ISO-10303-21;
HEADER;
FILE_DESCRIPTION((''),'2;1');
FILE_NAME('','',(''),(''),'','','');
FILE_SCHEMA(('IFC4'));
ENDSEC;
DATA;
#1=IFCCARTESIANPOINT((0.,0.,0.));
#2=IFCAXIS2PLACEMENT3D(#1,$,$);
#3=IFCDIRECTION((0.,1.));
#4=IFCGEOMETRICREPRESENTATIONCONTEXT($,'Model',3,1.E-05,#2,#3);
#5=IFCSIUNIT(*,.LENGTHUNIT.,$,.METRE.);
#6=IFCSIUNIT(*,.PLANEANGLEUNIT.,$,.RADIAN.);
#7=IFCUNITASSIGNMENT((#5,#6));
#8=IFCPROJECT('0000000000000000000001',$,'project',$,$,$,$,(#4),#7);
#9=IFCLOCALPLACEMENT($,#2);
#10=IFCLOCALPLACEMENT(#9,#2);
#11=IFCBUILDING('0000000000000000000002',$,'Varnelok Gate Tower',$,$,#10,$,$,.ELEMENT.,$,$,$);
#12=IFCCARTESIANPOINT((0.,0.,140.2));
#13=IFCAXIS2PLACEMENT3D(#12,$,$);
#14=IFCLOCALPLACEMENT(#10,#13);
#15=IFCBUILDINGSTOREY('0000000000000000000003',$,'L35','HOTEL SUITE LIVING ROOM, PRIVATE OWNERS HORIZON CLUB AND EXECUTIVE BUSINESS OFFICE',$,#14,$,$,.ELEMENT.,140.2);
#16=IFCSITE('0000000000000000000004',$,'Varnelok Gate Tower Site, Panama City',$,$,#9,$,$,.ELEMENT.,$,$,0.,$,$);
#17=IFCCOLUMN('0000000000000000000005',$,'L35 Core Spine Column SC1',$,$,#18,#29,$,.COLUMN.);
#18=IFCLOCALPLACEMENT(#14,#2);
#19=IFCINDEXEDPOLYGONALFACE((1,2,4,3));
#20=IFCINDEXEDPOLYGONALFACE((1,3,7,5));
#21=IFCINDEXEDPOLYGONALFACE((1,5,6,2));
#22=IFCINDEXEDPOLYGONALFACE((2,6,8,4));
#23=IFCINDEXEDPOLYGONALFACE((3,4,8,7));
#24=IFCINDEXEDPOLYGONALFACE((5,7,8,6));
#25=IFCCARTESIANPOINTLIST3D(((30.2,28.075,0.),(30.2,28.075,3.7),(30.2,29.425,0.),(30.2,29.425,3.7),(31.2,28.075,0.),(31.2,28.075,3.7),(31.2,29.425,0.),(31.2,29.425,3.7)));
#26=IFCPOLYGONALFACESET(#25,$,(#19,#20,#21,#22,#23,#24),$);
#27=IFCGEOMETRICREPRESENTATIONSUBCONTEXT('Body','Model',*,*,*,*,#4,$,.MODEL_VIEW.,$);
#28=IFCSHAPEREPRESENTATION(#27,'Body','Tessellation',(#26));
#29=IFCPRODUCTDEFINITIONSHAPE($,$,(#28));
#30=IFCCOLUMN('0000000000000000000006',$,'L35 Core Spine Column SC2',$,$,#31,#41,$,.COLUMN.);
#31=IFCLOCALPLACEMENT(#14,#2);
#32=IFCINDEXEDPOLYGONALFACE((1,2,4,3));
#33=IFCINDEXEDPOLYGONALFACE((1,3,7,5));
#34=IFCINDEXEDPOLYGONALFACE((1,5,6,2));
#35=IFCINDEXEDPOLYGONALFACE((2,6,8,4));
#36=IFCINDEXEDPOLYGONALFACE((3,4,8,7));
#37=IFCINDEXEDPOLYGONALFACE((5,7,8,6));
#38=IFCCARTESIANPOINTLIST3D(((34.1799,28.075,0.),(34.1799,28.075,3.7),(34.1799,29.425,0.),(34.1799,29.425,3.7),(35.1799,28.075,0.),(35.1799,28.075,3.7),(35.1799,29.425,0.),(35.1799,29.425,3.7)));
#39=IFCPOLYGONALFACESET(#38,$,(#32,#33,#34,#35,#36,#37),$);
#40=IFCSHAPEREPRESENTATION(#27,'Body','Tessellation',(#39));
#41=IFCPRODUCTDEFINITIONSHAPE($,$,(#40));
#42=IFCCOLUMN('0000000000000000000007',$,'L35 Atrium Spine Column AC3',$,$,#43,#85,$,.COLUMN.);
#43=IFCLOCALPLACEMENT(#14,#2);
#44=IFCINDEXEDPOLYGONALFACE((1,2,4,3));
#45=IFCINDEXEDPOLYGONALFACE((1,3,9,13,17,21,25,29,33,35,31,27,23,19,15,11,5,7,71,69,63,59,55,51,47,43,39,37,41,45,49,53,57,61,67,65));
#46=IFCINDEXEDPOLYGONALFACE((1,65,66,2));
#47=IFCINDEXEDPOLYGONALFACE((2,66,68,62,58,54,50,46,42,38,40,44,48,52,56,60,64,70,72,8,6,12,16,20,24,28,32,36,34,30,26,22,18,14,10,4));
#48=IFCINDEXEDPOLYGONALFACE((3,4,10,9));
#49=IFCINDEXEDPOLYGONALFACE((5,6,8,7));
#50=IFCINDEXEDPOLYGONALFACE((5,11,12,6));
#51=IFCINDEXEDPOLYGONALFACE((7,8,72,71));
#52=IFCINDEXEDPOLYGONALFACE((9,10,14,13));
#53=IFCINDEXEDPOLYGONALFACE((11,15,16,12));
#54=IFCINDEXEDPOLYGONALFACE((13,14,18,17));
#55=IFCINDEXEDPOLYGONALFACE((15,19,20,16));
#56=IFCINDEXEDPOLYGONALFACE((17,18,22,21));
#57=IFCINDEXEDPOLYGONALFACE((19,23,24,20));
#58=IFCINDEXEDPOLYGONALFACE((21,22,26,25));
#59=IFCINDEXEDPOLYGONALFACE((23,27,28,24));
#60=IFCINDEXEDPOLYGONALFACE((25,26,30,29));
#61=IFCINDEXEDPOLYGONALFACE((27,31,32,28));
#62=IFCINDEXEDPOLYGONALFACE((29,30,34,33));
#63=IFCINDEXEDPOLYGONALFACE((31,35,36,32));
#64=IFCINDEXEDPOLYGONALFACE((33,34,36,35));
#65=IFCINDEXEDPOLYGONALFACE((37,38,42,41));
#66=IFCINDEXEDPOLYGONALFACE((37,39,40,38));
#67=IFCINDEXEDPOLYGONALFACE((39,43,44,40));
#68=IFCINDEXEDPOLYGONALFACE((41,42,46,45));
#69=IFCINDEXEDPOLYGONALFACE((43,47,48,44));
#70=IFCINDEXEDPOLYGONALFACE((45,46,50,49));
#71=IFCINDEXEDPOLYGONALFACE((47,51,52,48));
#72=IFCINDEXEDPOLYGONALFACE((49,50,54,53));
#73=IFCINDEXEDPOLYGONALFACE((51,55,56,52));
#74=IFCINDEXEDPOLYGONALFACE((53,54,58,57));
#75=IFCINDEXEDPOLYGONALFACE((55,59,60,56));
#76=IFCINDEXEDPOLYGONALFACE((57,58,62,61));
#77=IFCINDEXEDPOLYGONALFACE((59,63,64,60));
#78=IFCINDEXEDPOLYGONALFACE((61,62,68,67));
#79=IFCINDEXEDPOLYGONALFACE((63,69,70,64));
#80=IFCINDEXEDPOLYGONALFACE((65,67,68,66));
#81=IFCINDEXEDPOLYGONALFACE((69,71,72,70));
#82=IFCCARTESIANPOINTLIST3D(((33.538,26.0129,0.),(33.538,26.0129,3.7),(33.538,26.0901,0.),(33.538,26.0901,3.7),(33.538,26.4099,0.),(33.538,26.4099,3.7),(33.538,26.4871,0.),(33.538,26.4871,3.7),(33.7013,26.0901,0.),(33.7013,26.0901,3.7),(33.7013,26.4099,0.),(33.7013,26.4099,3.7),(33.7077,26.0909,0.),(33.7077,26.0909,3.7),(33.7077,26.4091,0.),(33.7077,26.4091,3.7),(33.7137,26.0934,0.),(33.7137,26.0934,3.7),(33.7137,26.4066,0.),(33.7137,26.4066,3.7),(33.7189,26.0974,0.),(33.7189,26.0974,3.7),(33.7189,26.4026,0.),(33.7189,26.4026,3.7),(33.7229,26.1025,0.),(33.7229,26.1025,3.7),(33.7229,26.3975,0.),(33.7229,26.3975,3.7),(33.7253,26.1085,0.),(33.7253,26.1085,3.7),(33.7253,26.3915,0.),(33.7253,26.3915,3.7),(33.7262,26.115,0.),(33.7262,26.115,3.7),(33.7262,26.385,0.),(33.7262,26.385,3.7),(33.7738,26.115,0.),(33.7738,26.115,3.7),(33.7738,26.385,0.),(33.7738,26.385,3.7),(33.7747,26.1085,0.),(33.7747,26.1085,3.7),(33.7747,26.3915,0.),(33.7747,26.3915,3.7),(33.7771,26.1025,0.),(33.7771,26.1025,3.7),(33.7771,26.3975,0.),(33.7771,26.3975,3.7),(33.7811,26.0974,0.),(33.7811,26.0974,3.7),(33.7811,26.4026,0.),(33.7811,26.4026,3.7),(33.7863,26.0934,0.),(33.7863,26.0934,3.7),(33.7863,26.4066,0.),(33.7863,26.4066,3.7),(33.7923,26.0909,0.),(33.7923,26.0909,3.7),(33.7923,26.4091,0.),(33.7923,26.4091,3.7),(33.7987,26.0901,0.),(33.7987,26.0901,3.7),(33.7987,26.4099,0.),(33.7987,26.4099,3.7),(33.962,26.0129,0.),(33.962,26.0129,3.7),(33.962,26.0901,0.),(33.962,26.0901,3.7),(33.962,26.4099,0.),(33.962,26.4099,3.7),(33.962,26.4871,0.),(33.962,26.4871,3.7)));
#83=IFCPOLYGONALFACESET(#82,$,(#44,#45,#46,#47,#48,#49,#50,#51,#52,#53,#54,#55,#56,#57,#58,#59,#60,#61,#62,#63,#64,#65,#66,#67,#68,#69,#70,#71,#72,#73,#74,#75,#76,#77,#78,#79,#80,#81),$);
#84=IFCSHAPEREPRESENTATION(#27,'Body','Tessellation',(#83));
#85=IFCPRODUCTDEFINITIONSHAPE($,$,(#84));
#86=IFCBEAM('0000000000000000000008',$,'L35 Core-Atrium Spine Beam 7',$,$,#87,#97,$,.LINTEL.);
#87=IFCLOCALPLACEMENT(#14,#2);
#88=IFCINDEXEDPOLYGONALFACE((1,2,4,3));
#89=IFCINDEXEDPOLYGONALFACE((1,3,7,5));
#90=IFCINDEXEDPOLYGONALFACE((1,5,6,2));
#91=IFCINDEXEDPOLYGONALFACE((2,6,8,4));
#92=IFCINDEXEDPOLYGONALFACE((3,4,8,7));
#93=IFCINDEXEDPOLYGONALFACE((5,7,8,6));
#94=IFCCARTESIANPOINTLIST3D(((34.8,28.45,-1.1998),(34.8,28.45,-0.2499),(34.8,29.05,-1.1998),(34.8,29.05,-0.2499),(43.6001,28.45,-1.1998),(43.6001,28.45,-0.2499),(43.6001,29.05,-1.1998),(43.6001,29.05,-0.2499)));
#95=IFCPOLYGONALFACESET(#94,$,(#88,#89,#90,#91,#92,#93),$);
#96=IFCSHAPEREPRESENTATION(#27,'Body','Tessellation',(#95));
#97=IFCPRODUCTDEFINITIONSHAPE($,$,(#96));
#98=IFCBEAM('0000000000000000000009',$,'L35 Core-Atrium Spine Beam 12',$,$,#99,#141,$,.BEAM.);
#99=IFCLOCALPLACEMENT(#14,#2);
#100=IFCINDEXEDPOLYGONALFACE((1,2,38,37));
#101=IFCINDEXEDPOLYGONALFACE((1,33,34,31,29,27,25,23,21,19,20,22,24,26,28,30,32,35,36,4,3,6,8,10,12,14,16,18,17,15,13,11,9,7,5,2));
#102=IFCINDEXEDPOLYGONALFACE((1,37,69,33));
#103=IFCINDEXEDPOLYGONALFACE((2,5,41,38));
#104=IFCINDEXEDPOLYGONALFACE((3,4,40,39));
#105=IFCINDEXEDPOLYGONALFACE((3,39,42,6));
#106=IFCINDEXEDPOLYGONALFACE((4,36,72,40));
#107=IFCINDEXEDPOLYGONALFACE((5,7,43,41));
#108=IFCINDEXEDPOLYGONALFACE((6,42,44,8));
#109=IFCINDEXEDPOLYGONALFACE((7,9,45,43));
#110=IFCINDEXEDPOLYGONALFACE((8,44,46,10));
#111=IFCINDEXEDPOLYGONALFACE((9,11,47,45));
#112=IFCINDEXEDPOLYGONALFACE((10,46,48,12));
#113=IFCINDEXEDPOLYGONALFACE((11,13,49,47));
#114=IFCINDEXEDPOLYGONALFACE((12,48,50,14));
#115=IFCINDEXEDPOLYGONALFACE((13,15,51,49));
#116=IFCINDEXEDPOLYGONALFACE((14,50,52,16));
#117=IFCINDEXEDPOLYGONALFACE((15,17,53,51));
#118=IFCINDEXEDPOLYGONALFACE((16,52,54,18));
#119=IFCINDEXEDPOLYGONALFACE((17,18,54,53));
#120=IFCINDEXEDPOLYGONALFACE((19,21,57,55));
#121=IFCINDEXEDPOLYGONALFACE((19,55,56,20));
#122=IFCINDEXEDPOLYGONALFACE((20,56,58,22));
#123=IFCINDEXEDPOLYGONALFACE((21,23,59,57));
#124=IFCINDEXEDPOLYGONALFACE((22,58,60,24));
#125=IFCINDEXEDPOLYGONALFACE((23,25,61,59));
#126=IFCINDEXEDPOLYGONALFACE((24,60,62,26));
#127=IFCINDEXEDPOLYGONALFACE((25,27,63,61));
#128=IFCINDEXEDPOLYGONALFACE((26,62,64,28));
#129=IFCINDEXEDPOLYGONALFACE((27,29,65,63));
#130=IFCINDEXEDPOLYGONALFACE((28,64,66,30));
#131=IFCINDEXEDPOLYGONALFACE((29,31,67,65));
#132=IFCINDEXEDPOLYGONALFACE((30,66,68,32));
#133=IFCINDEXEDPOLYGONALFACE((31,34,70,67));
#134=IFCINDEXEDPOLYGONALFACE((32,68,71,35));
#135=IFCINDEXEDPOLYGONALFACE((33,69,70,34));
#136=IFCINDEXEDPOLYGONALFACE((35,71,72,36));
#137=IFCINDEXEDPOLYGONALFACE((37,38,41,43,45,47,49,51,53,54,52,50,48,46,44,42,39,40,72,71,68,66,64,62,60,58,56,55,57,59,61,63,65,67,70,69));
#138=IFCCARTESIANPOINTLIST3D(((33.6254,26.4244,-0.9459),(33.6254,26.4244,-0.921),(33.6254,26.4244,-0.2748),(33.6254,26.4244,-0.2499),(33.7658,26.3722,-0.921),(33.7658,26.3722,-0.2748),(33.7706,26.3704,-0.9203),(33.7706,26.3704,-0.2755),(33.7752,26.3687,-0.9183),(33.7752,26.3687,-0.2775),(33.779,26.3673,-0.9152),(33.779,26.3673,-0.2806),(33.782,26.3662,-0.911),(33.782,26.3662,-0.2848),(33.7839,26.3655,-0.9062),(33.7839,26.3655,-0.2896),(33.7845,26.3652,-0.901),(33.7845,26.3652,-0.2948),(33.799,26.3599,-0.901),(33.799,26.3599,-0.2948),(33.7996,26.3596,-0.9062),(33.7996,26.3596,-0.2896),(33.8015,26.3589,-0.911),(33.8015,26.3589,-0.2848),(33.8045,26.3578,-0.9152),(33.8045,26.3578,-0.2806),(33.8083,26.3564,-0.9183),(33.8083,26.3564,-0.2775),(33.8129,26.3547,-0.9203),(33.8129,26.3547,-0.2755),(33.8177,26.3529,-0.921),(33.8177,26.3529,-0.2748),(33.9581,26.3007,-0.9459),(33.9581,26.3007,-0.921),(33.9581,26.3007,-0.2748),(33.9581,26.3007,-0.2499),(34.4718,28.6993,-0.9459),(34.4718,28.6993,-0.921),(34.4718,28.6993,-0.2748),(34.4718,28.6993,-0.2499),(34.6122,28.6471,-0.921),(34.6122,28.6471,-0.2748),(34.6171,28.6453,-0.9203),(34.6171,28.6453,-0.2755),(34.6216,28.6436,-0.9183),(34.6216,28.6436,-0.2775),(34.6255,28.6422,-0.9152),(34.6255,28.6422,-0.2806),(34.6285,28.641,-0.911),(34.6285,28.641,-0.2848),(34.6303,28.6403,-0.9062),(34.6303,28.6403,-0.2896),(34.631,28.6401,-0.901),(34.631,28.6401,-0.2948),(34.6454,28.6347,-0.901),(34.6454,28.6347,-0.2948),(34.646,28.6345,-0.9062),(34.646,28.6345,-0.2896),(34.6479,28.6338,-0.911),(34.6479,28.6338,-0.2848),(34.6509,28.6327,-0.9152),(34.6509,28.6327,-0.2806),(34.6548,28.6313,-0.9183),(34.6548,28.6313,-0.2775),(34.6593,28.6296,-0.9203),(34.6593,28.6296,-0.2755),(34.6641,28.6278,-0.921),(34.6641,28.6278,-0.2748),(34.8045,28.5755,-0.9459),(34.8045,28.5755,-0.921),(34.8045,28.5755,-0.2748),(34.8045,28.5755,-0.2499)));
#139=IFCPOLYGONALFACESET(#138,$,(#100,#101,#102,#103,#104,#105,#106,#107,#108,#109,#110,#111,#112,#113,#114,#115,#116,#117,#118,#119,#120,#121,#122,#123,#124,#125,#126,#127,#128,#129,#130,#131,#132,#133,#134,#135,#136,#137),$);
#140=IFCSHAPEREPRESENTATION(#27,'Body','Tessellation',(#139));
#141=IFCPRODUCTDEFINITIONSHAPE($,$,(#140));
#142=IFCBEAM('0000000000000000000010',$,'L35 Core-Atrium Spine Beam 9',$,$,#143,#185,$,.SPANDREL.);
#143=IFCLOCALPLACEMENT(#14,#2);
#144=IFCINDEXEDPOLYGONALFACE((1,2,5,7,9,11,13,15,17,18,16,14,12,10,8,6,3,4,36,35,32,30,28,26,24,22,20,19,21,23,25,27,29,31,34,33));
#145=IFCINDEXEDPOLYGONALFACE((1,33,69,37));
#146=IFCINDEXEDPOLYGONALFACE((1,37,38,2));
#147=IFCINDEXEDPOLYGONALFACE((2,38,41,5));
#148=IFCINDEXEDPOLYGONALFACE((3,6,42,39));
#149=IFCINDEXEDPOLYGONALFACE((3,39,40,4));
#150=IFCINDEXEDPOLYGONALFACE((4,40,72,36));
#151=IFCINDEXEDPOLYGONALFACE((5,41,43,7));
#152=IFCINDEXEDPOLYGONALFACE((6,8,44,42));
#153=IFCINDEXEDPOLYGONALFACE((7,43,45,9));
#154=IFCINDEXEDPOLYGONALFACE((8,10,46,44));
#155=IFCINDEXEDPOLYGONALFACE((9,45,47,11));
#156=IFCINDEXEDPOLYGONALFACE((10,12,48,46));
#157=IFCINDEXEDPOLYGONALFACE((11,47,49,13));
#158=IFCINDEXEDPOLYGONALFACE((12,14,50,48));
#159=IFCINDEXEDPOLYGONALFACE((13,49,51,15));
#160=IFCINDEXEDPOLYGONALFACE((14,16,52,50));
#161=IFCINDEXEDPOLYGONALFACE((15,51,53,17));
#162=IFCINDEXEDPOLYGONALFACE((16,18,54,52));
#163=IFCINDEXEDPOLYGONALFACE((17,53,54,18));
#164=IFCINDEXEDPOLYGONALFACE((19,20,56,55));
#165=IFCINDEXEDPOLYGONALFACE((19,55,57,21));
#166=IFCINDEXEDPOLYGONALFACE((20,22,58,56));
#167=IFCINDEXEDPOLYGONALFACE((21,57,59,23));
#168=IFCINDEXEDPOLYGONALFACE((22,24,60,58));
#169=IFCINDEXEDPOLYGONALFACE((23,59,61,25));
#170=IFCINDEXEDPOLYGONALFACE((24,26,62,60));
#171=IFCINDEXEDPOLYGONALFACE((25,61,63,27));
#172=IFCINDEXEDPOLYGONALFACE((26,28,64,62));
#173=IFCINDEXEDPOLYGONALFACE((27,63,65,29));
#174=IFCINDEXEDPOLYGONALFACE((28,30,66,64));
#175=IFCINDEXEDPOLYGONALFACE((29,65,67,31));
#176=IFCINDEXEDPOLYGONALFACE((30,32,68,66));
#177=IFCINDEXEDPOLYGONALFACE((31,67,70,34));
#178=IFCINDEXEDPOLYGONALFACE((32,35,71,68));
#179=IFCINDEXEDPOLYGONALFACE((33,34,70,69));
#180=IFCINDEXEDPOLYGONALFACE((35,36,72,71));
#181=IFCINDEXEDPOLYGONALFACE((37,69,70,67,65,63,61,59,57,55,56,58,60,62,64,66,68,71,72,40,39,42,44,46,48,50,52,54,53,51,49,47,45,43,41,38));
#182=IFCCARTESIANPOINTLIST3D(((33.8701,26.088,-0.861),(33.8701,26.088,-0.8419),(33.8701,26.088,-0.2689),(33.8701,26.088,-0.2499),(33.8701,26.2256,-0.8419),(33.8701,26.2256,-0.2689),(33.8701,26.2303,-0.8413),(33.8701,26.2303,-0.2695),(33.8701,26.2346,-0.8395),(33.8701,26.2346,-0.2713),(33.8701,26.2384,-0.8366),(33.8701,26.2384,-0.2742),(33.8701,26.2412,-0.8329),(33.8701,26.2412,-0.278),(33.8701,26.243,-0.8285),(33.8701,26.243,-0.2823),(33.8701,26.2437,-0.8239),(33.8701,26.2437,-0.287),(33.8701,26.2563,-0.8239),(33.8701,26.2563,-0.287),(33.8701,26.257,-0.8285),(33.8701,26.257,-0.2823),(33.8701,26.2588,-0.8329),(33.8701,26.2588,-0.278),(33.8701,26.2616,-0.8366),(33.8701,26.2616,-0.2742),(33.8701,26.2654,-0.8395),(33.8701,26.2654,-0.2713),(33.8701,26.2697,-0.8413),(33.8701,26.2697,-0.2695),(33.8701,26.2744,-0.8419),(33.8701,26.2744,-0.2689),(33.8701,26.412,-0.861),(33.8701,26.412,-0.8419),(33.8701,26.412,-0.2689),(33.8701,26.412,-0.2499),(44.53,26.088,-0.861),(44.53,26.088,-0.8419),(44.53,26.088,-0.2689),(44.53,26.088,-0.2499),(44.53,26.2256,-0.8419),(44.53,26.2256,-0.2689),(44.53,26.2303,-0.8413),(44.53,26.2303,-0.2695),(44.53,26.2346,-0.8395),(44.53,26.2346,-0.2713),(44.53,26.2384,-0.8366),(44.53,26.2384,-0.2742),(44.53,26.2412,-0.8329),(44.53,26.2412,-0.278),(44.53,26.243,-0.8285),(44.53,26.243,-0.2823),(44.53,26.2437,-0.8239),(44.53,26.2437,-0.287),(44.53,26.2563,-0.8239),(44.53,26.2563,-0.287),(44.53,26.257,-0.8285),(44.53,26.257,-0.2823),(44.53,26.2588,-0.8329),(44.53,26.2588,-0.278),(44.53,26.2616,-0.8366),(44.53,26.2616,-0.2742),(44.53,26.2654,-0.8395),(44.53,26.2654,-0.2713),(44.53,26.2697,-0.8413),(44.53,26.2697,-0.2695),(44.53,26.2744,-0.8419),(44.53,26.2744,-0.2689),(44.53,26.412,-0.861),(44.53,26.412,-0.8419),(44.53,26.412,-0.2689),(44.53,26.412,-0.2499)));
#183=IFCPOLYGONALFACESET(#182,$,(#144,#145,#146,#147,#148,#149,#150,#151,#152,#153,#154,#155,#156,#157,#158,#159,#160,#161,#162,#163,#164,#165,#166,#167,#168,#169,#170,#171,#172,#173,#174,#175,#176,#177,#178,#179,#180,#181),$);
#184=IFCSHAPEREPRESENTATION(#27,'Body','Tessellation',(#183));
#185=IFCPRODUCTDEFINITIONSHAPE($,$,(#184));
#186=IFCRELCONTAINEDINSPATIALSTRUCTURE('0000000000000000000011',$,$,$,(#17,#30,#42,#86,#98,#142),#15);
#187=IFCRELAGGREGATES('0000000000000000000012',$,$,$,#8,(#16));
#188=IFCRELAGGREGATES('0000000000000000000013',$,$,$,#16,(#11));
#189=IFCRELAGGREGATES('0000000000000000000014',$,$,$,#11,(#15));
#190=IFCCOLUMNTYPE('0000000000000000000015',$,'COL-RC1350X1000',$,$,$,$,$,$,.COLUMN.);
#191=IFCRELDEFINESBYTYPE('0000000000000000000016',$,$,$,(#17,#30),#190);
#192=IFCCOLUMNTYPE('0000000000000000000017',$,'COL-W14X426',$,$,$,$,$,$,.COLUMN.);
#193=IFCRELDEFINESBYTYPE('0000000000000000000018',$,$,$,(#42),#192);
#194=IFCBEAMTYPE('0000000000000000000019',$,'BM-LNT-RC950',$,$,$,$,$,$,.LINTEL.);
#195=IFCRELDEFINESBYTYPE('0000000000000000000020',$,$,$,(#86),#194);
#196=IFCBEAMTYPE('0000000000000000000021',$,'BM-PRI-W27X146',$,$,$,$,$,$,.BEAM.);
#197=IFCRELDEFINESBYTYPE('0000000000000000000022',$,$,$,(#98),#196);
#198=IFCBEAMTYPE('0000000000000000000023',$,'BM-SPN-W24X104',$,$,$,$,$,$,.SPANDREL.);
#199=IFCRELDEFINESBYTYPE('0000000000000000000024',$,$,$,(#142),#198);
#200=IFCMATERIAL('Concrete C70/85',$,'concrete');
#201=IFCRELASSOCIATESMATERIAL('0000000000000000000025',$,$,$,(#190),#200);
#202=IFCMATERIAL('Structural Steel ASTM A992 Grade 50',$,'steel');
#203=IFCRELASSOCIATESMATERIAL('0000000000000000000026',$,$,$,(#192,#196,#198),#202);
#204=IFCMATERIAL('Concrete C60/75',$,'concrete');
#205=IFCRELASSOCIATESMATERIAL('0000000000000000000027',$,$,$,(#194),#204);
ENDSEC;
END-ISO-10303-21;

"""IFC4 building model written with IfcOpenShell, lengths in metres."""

from ifc_helpers import new_model, si_unit, direction, frame, origin, origin_2d, place, context, subcontext, project, spatial, rectangle, i_section, extrude, material, material_profile, profile_set, type_object, element, save


model = new_model("IFC4")

# Units and contexts
model_context = context("Model", 3, precision=1e-05, world=origin(), true_north=direction((0.0, 1.0)))
body_context = subcontext(model_context, "Body", "Model", "MODEL_VIEW")
ifc_project = project(units=[si_unit("LENGTHUNIT", "METRE"), si_unit("PLANEANGLEUNIT", "RADIAN")], contexts=[model_context])

# Site, building, storey
site_placement = place(None, origin())
site = spatial("IfcSite", under=ifc_project, at=site_placement, Name="Varnelok Gate Tower Site, Panama City", CompositionType="ELEMENT", RefElevation=0.0)
building_placement = place(site_placement, origin())
building = spatial("IfcBuilding", under=site, at=building_placement, Name="Varnelok Gate Tower", CompositionType="ELEMENT")
storey_placement = place(building_placement, frame((0.0, 0.0, 140.2)))
storey = spatial("IfcBuildingStorey", under=building, at=storey_placement, Name="L35", Description="HOTEL SUITE LIVING ROOM, PRIVATE OWNERS HORIZON CLUB AND EXECUTIVE BUSINESS OFFICE", CompositionType="ELEMENT", Elevation=140.2)

# Columns
ifc_material_1 = material(Name="Concrete C70/85", Category="concrete")
ifc_material_profile_1 = material_profile(ifc_material_1, rectangle(XDim=1.0, YDim=1.3501, at=origin_2d()), Name="RC1350X1000")
ifc_profile_set_1 = profile_set([ifc_material_profile_1], Name="Concrete C70/85")
column_type_1 = type_object("IfcColumnType", Name="COL-RC1350X1000", PredefinedType="COLUMN", material=ifc_profile_set_1)
for number, where, z_axis, x_axis, name in (
    (1, (30.7, 28.75, 0.0), (0.0, 0.0, 1.0), (1.0, 0.0, 0.0), "L35 Core Spine Column SC1"),
    (2, (34.6799, 28.75, 0.0), (0.0, 0.0, 1.0), (1.0, 0.0, 0.0), "L35 Core Spine Column SC2"),
):
    element("IfcColumn", number, at=place(storey_placement, frame(where, z_axis=z_axis, x_axis=x_axis)), inside=storey, type_object=column_type_1, Name=name, PredefinedType="COLUMN", context=body_context, shape_type="SweptSolid", body=[
        extrude(rectangle(XDim=1.0, YDim=1.3501, at=origin_2d()), origin(), (0.0, 0.0, 1.0), 3.7),
    ])
ifc_material_2 = material(Name="Structural Steel ASTM A992 Grade 50", Category="steel")
ifc_material_profile_2 = material_profile(ifc_material_2, i_section(OverallWidth=0.4241, OverallDepth=0.4741, WebThickness=0.0476, FlangeThickness=0.0771, FilletRadius=0.0249, at=origin_2d()), Name="W14X426")
ifc_profile_set_2 = profile_set([ifc_material_profile_2], Name="Structural Steel ASTM A992 Grade 50")
column_type_2 = type_object("IfcColumnType", Name="COL-W14X426", PredefinedType="COLUMN", material=ifc_profile_set_2)
column_placement = place(storey_placement, frame((33.75, 26.25, 0.0), z_axis=(0.0, 0.0, 1.0), x_axis=(1.0, 0.0, 0.0)))
element("IfcColumn", 3, at=column_placement, inside=storey, type_object=column_type_2, Name="L35 Atrium Spine Column AC3", PredefinedType="COLUMN", context=body_context, shape_type="SweptSolid", body=[
    extrude(i_section(OverallWidth=0.4241, OverallDepth=0.4741, WebThickness=0.0476, FlangeThickness=0.0771, FilletRadius=0.0249, at=origin_2d()), origin(), (0.0, 0.0, 1.0), 3.7),
])

# Beams
ifc_material_3 = material(Name="Concrete C60/75", Category="concrete")
ifc_material_profile_3 = material_profile(ifc_material_3, rectangle(XDim=0.6001, YDim=0.95, at=origin_2d()), Name="RC950X600")
ifc_profile_set_3 = profile_set([ifc_material_profile_3], Name="Concrete C60/75")
beam_type_1 = type_object("IfcBeamType", Name="BM-LNT-RC950", PredefinedType="LINTEL", material=ifc_profile_set_3)
beam_1_placement = place(storey_placement, frame((34.8, 28.75, -0.7249), z_axis=(1.0, 0.0, 0.0), x_axis=(0.0, 1.0, 0.0)))
element("IfcBeam", 4, at=beam_1_placement, inside=storey, type_object=beam_type_1, Name="L35 Core-Atrium Spine Beam 7", PredefinedType="LINTEL", context=body_context, shape_type="SweptSolid", body=[
    extrude(rectangle(XDim=0.6001, YDim=0.95, at=origin_2d()), origin(), (0.0, 0.0, 1.0), 8.8),
])
ifc_material_profile_4 = material_profile(ifc_material_2, i_section(OverallWidth=0.355, OverallDepth=0.696, WebThickness=0.0154, FlangeThickness=0.0249, FilletRadius=0.02, at=origin_2d()), Name="W27X146")
ifc_profile_set_4 = profile_set([ifc_material_profile_4], Name="Structural Steel ASTM A992 Grade 50")
beam_type_2 = type_object("IfcBeamType", Name="BM-PRI-W27X146", PredefinedType="BEAM", material=ifc_profile_set_4)
beam_2_placement = place(storey_placement, frame((33.7917, 26.3625, -0.5979), z_axis=(0.348719, 0.937227, 0.0), x_axis=(-0.937227, 0.348719, 0.0)))
element("IfcBeam", 5, at=beam_2_placement, inside=storey, type_object=beam_type_2, Name="L35 Core-Atrium Spine Beam 12", PredefinedType="BEAM", context=body_context, shape_type="SweptSolid", body=[
    extrude(i_section(OverallWidth=0.355, OverallDepth=0.696, WebThickness=0.0154, FlangeThickness=0.0249, FilletRadius=0.02, at=origin_2d()), origin(), (0.0, 0.0, 1.0), 2.4272),
])
ifc_material_profile_5 = material_profile(ifc_material_2, i_section(OverallWidth=0.324, OverallDepth=0.6111, WebThickness=0.0127, FlangeThickness=0.019, FilletRadius=0.0181, at=origin_2d()), Name="W24X104")
ifc_profile_set_5 = profile_set([ifc_material_profile_5], Name="Structural Steel ASTM A992 Grade 50")
beam_type_3 = type_object("IfcBeamType", Name="BM-SPN-W24X104", PredefinedType="SPANDREL", material=ifc_profile_set_5)
beam_3_placement = place(storey_placement, frame((33.8701, 26.25, -0.5554), z_axis=(1.0, 0.0, 0.0), x_axis=(0.0, 1.0, 0.0)))
element("IfcBeam", 6, at=beam_3_placement, inside=storey, type_object=beam_type_3, Name="L35 Core-Atrium Spine Beam 9", PredefinedType="SPANDREL", context=body_context, shape_type="SweptSolid", body=[
    extrude(i_section(OverallWidth=0.324, OverallDepth=0.6111, WebThickness=0.0127, FlangeThickness=0.019, FilletRadius=0.0181, at=origin_2d()), origin(), (0.0, 0.0, 1.0), 10.6599),
])

save(model, "model.ifc")
